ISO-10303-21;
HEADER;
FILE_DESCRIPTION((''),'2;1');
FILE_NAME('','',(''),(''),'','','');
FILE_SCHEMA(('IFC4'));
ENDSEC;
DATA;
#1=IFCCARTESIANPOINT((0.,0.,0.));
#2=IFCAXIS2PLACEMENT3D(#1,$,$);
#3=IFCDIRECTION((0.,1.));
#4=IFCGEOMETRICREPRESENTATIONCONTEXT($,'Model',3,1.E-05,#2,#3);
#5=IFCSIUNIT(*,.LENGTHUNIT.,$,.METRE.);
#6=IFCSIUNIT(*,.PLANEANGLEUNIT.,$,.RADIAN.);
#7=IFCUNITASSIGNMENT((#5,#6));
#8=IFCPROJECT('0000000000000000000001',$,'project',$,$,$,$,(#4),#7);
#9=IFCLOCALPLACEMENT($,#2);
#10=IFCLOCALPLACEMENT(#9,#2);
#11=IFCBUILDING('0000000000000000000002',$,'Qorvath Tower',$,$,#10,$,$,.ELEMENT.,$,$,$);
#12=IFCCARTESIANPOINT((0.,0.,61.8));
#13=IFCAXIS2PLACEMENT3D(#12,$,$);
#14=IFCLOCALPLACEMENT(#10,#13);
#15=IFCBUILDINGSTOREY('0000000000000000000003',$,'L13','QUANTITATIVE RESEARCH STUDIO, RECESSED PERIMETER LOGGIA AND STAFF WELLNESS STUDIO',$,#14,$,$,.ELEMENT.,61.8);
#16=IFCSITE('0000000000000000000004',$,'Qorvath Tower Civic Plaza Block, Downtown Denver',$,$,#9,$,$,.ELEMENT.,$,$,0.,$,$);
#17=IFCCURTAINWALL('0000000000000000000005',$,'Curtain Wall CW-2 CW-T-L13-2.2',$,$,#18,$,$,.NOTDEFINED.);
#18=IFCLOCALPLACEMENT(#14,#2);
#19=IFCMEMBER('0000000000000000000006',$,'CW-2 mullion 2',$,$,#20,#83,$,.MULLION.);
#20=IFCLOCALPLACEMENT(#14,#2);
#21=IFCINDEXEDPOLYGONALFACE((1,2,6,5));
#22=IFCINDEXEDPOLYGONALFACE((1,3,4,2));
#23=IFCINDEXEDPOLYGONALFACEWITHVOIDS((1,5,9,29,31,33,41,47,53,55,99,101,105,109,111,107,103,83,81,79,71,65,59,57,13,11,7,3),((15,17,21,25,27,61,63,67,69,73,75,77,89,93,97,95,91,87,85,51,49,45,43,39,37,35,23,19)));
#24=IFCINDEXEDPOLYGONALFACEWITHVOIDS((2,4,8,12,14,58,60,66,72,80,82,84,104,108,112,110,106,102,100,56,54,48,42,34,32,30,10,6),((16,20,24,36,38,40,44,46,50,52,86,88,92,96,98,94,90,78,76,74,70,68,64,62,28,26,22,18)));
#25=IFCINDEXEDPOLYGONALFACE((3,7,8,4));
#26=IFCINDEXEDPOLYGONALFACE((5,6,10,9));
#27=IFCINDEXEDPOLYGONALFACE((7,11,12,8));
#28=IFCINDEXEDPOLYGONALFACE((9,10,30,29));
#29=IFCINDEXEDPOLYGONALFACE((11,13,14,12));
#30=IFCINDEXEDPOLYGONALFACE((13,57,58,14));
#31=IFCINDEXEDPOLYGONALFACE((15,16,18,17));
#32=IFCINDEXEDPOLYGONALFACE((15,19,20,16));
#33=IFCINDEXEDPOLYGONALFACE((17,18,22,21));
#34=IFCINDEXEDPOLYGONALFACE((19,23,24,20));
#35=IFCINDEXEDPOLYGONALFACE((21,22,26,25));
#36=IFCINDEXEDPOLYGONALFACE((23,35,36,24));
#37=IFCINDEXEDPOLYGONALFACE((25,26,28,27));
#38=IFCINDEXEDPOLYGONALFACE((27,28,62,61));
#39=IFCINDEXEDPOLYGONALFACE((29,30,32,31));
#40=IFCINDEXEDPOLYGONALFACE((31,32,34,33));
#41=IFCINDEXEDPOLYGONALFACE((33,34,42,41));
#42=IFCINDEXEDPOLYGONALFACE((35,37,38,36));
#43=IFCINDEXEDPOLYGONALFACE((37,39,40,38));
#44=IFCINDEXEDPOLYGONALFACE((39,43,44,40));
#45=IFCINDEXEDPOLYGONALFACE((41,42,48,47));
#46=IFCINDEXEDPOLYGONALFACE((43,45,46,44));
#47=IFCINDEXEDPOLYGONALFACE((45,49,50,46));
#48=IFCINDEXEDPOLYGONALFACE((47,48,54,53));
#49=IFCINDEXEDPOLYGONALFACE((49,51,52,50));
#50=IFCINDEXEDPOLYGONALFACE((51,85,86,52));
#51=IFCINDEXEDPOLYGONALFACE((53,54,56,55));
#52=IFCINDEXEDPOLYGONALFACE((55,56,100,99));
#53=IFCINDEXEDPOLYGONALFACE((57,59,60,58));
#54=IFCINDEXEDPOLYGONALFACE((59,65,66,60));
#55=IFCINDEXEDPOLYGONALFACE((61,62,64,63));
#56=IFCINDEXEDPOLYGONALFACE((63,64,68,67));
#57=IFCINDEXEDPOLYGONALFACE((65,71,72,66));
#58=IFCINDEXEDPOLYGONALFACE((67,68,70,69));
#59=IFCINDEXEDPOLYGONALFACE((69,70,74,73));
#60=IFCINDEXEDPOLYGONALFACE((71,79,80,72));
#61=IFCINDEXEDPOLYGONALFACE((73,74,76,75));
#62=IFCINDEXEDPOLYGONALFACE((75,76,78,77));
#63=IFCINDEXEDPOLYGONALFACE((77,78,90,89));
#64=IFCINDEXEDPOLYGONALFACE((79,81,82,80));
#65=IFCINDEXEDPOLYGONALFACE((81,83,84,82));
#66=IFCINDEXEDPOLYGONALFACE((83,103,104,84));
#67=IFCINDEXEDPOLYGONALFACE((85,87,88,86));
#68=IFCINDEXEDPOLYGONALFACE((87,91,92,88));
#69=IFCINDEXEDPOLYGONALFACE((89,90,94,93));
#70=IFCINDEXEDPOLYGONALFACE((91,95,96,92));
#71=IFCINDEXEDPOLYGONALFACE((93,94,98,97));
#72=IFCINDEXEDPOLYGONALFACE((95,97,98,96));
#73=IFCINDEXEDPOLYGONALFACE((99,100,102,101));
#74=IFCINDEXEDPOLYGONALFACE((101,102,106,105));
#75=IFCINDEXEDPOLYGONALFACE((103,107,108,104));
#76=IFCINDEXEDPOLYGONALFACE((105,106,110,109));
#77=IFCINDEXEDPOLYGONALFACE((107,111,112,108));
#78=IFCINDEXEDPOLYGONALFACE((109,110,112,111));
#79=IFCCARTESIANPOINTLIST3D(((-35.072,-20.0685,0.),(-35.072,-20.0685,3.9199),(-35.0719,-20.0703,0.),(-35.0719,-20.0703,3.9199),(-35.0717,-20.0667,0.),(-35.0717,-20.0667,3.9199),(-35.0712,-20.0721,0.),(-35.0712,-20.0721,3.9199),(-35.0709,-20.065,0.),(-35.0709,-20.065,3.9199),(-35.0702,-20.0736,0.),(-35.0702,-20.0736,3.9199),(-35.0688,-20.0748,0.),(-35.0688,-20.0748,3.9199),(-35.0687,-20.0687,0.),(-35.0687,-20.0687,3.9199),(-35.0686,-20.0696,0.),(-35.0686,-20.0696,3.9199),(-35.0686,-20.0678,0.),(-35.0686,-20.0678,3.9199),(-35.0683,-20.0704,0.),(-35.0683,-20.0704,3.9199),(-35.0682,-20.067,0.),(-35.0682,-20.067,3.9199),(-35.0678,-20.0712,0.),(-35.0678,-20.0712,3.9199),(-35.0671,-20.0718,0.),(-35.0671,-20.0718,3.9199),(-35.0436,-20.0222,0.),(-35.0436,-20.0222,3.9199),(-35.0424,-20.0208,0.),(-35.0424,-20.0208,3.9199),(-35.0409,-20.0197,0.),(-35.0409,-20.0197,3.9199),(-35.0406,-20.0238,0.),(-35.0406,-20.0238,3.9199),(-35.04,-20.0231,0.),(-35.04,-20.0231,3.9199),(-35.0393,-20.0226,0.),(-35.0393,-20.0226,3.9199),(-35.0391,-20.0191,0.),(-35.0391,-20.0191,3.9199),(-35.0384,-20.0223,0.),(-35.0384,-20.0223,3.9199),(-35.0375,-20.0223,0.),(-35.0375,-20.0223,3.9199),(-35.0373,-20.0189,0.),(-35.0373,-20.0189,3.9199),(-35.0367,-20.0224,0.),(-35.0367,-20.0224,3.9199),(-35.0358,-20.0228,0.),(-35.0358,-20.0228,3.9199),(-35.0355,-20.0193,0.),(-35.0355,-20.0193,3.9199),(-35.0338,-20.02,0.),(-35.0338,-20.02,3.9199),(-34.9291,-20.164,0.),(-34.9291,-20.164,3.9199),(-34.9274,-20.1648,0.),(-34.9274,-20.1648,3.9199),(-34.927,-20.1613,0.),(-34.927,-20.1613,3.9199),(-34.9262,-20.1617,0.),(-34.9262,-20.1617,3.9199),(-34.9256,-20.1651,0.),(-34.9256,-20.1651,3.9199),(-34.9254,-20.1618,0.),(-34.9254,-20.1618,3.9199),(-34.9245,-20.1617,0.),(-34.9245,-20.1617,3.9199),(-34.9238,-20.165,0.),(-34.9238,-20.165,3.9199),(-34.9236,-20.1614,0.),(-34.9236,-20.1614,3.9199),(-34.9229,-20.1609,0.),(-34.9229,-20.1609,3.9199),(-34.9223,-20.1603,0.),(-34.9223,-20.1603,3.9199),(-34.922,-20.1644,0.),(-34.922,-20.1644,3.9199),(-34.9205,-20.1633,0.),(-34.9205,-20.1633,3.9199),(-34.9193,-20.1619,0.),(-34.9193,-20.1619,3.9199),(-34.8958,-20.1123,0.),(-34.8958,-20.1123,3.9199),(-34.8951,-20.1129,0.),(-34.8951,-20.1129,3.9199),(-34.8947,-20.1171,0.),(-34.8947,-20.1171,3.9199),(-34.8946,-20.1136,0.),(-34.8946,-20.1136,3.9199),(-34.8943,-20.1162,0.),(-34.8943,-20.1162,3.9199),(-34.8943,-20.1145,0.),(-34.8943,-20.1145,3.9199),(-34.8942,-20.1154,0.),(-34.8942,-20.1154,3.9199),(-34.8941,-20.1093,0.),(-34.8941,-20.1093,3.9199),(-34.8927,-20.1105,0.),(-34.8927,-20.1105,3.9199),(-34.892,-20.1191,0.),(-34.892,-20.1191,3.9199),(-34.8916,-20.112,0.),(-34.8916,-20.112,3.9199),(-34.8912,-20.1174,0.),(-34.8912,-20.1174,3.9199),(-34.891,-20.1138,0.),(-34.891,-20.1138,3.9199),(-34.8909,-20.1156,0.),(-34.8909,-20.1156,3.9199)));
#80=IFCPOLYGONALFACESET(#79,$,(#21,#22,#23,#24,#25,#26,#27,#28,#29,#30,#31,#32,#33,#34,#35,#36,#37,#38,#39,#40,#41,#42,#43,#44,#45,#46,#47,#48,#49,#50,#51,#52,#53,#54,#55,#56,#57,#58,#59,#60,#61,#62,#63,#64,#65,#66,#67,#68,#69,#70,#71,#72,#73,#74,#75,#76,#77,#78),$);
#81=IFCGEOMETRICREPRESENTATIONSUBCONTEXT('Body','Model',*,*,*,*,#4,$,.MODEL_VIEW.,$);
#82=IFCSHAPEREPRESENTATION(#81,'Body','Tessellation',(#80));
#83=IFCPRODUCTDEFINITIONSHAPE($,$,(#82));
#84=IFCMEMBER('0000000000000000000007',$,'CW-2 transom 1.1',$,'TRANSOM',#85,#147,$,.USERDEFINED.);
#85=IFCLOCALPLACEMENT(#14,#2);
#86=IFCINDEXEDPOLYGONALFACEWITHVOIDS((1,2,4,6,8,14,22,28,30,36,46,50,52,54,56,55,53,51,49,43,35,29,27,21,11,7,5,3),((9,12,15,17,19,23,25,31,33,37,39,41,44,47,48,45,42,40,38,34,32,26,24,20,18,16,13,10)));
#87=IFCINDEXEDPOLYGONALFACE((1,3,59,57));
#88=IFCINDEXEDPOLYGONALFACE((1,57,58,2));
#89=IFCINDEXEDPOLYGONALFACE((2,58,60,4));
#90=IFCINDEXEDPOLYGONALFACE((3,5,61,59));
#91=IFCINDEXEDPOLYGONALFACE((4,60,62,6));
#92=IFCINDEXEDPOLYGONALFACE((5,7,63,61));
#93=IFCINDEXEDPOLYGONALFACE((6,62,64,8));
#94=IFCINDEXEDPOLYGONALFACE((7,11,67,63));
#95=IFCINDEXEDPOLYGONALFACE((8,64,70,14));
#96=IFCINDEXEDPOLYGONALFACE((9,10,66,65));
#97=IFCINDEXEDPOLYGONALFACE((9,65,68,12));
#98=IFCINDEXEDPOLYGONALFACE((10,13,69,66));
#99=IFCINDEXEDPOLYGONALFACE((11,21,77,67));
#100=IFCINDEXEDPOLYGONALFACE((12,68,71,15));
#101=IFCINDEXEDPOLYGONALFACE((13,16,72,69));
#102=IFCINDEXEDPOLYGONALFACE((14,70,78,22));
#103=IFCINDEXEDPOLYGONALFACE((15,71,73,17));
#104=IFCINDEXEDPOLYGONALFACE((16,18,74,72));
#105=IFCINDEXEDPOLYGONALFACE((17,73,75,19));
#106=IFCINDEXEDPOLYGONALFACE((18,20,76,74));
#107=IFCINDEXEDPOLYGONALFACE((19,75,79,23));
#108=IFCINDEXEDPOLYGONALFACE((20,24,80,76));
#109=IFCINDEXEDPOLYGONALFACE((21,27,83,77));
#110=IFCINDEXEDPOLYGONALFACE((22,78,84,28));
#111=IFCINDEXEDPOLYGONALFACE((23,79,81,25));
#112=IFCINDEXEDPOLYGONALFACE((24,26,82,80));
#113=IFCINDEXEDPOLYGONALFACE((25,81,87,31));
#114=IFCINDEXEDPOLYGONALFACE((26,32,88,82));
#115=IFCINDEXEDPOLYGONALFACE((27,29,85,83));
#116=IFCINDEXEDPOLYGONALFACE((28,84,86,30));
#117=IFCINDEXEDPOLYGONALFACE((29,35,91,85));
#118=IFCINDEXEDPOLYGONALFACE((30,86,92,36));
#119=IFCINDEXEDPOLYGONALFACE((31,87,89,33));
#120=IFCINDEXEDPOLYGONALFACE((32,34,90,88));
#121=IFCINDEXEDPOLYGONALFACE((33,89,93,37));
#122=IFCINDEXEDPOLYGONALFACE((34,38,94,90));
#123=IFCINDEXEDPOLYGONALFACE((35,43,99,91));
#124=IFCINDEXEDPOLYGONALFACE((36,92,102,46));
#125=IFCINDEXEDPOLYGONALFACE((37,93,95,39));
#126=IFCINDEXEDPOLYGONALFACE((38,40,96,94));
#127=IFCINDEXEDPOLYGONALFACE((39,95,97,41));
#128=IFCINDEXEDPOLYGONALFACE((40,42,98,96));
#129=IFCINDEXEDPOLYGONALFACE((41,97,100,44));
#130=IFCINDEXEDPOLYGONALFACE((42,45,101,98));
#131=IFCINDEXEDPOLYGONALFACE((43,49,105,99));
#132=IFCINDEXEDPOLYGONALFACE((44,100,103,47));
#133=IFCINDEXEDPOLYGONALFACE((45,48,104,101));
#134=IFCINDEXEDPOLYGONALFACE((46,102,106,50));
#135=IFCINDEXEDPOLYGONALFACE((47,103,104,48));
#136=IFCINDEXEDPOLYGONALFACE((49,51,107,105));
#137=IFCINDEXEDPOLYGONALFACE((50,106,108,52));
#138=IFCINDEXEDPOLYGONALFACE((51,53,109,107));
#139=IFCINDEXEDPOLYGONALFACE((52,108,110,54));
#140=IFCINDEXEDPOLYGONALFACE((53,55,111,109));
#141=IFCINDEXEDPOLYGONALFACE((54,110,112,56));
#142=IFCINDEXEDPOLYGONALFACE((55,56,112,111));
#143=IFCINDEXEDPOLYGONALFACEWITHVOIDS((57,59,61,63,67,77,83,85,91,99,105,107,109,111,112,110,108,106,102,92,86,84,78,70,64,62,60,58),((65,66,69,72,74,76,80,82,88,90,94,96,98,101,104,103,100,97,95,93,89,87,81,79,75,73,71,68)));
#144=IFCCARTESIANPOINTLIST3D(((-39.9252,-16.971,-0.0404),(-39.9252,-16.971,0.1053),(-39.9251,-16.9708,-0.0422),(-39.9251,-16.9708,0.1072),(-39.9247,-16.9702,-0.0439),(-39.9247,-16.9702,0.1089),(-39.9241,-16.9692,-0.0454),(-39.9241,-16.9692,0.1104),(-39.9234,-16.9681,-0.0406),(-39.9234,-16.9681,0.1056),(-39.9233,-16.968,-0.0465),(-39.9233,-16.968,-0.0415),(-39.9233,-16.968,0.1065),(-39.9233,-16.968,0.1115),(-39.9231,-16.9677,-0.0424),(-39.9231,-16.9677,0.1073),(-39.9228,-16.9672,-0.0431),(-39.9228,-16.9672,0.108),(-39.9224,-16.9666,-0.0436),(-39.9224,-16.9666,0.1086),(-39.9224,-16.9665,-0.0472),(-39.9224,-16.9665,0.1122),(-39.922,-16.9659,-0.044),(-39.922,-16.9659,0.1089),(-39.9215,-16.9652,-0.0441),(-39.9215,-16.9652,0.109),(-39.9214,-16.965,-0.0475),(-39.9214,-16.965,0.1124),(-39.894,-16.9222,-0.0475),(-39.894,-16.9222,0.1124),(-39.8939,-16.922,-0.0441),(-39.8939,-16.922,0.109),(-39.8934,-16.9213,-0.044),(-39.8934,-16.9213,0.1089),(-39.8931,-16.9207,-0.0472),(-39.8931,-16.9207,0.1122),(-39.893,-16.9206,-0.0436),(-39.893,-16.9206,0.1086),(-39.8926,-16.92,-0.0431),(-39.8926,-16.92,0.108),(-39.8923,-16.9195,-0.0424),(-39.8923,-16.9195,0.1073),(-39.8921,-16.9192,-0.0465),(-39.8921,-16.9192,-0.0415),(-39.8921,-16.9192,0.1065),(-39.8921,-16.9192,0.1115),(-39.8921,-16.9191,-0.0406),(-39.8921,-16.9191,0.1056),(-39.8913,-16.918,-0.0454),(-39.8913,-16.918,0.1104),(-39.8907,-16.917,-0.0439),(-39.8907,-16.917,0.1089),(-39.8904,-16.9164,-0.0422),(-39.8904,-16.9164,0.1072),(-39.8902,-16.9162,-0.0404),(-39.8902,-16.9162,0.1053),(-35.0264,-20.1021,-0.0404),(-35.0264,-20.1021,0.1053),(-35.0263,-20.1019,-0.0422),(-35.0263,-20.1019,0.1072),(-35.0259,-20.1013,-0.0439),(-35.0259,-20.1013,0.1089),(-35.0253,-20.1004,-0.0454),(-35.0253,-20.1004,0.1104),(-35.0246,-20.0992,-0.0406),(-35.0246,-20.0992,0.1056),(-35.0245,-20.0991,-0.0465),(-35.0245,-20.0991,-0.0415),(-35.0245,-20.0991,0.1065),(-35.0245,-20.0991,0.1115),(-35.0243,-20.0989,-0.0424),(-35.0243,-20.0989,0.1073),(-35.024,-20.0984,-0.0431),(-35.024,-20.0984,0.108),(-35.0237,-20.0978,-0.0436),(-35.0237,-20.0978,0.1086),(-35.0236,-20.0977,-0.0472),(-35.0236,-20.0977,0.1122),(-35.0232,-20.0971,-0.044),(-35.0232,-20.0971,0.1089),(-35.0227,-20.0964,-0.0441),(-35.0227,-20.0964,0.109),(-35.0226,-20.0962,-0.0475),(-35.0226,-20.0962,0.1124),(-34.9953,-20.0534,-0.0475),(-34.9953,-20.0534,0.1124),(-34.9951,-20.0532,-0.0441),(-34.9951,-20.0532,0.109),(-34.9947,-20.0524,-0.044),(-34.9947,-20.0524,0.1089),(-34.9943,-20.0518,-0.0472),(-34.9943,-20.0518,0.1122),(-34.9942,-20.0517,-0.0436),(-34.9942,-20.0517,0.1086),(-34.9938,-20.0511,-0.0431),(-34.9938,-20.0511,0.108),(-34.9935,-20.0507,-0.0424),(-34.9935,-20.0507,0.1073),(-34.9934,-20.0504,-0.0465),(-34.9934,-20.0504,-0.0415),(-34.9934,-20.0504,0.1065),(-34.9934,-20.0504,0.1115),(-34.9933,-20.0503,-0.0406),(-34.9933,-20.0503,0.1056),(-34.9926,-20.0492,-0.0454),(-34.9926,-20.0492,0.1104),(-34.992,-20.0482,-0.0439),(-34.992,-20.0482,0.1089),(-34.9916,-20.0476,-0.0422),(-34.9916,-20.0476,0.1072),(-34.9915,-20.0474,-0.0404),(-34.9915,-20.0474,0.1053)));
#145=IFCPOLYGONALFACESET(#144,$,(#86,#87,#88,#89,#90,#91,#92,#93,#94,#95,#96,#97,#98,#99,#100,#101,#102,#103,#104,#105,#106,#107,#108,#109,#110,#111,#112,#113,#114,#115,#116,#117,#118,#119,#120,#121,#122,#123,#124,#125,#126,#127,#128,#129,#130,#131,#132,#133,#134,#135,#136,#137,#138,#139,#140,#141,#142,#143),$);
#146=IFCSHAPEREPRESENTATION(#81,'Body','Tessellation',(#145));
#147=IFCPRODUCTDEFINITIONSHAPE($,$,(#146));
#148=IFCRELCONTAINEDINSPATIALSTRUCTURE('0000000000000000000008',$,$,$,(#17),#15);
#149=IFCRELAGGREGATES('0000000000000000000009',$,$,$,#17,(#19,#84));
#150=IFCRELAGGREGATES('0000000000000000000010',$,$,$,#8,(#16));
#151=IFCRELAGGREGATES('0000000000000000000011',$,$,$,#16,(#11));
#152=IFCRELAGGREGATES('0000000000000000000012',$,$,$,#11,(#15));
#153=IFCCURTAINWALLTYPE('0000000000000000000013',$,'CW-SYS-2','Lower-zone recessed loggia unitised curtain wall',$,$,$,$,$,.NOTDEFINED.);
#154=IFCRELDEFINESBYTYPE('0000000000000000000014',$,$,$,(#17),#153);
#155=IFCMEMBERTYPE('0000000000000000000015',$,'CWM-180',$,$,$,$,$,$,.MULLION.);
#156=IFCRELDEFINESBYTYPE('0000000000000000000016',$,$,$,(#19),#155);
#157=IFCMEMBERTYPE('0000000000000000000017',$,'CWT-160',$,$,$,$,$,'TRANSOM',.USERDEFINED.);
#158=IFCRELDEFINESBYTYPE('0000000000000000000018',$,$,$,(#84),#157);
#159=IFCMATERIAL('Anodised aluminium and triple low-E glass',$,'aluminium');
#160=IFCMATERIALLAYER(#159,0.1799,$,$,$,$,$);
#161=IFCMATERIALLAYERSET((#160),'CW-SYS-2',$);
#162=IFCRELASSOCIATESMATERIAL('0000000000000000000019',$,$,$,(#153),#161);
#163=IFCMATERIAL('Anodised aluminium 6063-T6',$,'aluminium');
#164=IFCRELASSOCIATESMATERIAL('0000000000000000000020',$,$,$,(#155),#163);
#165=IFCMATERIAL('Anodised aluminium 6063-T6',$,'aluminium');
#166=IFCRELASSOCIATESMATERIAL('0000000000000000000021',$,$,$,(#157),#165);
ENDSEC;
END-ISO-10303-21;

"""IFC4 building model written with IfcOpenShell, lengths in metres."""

from ifc_helpers import new_model, si_unit, direction, frame, origin, origin_2d, place, context, subcontext, project, spatial, hollow_rectangle, extrude, material, layer, layer_set, material_profile, profile_set, type_object, element, aggregate, save


model = new_model("IFC4")

# Units and contexts
model_context = context("Model", 3, precision=1e-05, world=origin(), true_north=direction((0.0, 1.0)))
body_context = subcontext(model_context, "Body", "Model", "MODEL_VIEW")
ifc_project = project(units=[si_unit("LENGTHUNIT", "METRE"), si_unit("PLANEANGLEUNIT", "RADIAN")], contexts=[model_context])

# Site, building, storey
site_placement = place(None, origin())
site = spatial("IfcSite", under=ifc_project, at=site_placement, Name="Qorvath Tower Civic Plaza Block, Downtown Denver", CompositionType="ELEMENT", RefElevation=0.0)
building_placement = place(site_placement, origin())
building = spatial("IfcBuilding", under=site, at=building_placement, Name="Qorvath Tower", CompositionType="ELEMENT")
storey_placement = place(building_placement, frame((0.0, 0.0, 61.8)))
storey = spatial("IfcBuildingStorey", under=building, at=storey_placement, Name="L13", Description="QUANTITATIVE RESEARCH STUDIO, RECESSED PERIMETER LOGGIA AND STAFF WELLNESS STUDIO", CompositionType="ELEMENT", Elevation=61.8)

# Shared definitions
ifc_material_1 = material(Name="Anodised aluminium and triple low-E glass", Category="aluminium")
ifc_layer_1 = layer(ifc_material_1, 0.1799)
ifc_layer_set_1 = layer_set([ifc_layer_1], Name="CW-SYS-2")
curtain_wall_type = type_object("IfcCurtainWallType", Name="CW-SYS-2", Description="Lower-zone recessed loggia unitised curtain wall", PredefinedType="NOTDEFINED", material=ifc_layer_set_1)
ifc_material_2 = material(Name="Anodised aluminium 6063-T6", Category="aluminium")
ifc_material_profile_1 = material_profile(ifc_material_2, hollow_rectangle(XDim=0.0649, YDim=0.1799, WallThickness=0.0034, InnerFilletRadius=0.0034, OuterFilletRadius=0.0071, at=origin_2d()), Name="CWM 180x65")
ifc_profile_set_1 = profile_set([ifc_material_profile_1], Name="Anodised aluminium 6063-T6")
member_type_1 = type_object("IfcMemberType", Name="CWM-180", PredefinedType="MULLION", material=ifc_profile_set_1)

# Curtain wall, members
curtain_wall_1_placement = place(storey_placement, origin())
curtain_wall_1 = element("IfcCurtainWall", 1, at=curtain_wall_1_placement, inside=storey, type_object=curtain_wall_type, Name="Curtain Wall CW-2 CW-T-L13-2.2", PredefinedType="NOTDEFINED")
member_1_placement = place(storey_placement, frame((-34.9814, -20.092, 0.0), z_axis=(0.0, 0.0, 1.0), x_axis=(0.538536, 0.842602, 0.0)))
member_1 = element("IfcMember", 2, at=member_1_placement, type_object=member_type_1, Name="CW-2 mullion 2", PredefinedType="MULLION", context=body_context, shape_type="SweptSolid", body=[
    extrude(hollow_rectangle(XDim=0.0649, YDim=0.1799, WallThickness=0.0034, InnerFilletRadius=0.0034, OuterFilletRadius=0.0071, at=origin_2d()), origin(), (0.0, 0.0, 1.0), 3.9199),
])
ifc_material_3 = material(Name="Anodised aluminium 6063-T6", Category="aluminium")
ifc_material_profile_2 = material_profile(ifc_material_3, hollow_rectangle(XDim=0.0649, YDim=0.1599, WallThickness=0.0034, InnerFilletRadius=0.0034, OuterFilletRadius=0.0071, at=origin_2d()), Name="CWT 160x65")
ifc_profile_set_2 = profile_set([ifc_material_profile_2], Name="Anodised aluminium 6063-T6")
member_type_2 = type_object("IfcMemberType", Name="CWT-160", ElementType="TRANSOM", PredefinedType="USERDEFINED", material=ifc_profile_set_2)
member_2_placement = place(storey_placement, frame((-39.9077, -16.9436, 0.0325), z_axis=(0.842588, -0.538559, 0.0), x_axis=(0.538559, 0.842588, 0.0)))
member_2 = element("IfcMember", 3, at=member_2_placement, type_object=member_type_2, Name="CW-2 transom 1.1", ObjectType="TRANSOM", PredefinedType="USERDEFINED", context=body_context, shape_type="SweptSolid", body=[
    extrude(hollow_rectangle(XDim=0.0649, YDim=0.1599, WallThickness=0.0034, InnerFilletRadius=0.0034, OuterFilletRadius=0.0071, at=origin_2d()), origin(), (0.0, 0.0, 1.0), 5.814),
])
aggregate(curtain_wall_1, [member_1, member_2])

save(model, "model.ifc")
